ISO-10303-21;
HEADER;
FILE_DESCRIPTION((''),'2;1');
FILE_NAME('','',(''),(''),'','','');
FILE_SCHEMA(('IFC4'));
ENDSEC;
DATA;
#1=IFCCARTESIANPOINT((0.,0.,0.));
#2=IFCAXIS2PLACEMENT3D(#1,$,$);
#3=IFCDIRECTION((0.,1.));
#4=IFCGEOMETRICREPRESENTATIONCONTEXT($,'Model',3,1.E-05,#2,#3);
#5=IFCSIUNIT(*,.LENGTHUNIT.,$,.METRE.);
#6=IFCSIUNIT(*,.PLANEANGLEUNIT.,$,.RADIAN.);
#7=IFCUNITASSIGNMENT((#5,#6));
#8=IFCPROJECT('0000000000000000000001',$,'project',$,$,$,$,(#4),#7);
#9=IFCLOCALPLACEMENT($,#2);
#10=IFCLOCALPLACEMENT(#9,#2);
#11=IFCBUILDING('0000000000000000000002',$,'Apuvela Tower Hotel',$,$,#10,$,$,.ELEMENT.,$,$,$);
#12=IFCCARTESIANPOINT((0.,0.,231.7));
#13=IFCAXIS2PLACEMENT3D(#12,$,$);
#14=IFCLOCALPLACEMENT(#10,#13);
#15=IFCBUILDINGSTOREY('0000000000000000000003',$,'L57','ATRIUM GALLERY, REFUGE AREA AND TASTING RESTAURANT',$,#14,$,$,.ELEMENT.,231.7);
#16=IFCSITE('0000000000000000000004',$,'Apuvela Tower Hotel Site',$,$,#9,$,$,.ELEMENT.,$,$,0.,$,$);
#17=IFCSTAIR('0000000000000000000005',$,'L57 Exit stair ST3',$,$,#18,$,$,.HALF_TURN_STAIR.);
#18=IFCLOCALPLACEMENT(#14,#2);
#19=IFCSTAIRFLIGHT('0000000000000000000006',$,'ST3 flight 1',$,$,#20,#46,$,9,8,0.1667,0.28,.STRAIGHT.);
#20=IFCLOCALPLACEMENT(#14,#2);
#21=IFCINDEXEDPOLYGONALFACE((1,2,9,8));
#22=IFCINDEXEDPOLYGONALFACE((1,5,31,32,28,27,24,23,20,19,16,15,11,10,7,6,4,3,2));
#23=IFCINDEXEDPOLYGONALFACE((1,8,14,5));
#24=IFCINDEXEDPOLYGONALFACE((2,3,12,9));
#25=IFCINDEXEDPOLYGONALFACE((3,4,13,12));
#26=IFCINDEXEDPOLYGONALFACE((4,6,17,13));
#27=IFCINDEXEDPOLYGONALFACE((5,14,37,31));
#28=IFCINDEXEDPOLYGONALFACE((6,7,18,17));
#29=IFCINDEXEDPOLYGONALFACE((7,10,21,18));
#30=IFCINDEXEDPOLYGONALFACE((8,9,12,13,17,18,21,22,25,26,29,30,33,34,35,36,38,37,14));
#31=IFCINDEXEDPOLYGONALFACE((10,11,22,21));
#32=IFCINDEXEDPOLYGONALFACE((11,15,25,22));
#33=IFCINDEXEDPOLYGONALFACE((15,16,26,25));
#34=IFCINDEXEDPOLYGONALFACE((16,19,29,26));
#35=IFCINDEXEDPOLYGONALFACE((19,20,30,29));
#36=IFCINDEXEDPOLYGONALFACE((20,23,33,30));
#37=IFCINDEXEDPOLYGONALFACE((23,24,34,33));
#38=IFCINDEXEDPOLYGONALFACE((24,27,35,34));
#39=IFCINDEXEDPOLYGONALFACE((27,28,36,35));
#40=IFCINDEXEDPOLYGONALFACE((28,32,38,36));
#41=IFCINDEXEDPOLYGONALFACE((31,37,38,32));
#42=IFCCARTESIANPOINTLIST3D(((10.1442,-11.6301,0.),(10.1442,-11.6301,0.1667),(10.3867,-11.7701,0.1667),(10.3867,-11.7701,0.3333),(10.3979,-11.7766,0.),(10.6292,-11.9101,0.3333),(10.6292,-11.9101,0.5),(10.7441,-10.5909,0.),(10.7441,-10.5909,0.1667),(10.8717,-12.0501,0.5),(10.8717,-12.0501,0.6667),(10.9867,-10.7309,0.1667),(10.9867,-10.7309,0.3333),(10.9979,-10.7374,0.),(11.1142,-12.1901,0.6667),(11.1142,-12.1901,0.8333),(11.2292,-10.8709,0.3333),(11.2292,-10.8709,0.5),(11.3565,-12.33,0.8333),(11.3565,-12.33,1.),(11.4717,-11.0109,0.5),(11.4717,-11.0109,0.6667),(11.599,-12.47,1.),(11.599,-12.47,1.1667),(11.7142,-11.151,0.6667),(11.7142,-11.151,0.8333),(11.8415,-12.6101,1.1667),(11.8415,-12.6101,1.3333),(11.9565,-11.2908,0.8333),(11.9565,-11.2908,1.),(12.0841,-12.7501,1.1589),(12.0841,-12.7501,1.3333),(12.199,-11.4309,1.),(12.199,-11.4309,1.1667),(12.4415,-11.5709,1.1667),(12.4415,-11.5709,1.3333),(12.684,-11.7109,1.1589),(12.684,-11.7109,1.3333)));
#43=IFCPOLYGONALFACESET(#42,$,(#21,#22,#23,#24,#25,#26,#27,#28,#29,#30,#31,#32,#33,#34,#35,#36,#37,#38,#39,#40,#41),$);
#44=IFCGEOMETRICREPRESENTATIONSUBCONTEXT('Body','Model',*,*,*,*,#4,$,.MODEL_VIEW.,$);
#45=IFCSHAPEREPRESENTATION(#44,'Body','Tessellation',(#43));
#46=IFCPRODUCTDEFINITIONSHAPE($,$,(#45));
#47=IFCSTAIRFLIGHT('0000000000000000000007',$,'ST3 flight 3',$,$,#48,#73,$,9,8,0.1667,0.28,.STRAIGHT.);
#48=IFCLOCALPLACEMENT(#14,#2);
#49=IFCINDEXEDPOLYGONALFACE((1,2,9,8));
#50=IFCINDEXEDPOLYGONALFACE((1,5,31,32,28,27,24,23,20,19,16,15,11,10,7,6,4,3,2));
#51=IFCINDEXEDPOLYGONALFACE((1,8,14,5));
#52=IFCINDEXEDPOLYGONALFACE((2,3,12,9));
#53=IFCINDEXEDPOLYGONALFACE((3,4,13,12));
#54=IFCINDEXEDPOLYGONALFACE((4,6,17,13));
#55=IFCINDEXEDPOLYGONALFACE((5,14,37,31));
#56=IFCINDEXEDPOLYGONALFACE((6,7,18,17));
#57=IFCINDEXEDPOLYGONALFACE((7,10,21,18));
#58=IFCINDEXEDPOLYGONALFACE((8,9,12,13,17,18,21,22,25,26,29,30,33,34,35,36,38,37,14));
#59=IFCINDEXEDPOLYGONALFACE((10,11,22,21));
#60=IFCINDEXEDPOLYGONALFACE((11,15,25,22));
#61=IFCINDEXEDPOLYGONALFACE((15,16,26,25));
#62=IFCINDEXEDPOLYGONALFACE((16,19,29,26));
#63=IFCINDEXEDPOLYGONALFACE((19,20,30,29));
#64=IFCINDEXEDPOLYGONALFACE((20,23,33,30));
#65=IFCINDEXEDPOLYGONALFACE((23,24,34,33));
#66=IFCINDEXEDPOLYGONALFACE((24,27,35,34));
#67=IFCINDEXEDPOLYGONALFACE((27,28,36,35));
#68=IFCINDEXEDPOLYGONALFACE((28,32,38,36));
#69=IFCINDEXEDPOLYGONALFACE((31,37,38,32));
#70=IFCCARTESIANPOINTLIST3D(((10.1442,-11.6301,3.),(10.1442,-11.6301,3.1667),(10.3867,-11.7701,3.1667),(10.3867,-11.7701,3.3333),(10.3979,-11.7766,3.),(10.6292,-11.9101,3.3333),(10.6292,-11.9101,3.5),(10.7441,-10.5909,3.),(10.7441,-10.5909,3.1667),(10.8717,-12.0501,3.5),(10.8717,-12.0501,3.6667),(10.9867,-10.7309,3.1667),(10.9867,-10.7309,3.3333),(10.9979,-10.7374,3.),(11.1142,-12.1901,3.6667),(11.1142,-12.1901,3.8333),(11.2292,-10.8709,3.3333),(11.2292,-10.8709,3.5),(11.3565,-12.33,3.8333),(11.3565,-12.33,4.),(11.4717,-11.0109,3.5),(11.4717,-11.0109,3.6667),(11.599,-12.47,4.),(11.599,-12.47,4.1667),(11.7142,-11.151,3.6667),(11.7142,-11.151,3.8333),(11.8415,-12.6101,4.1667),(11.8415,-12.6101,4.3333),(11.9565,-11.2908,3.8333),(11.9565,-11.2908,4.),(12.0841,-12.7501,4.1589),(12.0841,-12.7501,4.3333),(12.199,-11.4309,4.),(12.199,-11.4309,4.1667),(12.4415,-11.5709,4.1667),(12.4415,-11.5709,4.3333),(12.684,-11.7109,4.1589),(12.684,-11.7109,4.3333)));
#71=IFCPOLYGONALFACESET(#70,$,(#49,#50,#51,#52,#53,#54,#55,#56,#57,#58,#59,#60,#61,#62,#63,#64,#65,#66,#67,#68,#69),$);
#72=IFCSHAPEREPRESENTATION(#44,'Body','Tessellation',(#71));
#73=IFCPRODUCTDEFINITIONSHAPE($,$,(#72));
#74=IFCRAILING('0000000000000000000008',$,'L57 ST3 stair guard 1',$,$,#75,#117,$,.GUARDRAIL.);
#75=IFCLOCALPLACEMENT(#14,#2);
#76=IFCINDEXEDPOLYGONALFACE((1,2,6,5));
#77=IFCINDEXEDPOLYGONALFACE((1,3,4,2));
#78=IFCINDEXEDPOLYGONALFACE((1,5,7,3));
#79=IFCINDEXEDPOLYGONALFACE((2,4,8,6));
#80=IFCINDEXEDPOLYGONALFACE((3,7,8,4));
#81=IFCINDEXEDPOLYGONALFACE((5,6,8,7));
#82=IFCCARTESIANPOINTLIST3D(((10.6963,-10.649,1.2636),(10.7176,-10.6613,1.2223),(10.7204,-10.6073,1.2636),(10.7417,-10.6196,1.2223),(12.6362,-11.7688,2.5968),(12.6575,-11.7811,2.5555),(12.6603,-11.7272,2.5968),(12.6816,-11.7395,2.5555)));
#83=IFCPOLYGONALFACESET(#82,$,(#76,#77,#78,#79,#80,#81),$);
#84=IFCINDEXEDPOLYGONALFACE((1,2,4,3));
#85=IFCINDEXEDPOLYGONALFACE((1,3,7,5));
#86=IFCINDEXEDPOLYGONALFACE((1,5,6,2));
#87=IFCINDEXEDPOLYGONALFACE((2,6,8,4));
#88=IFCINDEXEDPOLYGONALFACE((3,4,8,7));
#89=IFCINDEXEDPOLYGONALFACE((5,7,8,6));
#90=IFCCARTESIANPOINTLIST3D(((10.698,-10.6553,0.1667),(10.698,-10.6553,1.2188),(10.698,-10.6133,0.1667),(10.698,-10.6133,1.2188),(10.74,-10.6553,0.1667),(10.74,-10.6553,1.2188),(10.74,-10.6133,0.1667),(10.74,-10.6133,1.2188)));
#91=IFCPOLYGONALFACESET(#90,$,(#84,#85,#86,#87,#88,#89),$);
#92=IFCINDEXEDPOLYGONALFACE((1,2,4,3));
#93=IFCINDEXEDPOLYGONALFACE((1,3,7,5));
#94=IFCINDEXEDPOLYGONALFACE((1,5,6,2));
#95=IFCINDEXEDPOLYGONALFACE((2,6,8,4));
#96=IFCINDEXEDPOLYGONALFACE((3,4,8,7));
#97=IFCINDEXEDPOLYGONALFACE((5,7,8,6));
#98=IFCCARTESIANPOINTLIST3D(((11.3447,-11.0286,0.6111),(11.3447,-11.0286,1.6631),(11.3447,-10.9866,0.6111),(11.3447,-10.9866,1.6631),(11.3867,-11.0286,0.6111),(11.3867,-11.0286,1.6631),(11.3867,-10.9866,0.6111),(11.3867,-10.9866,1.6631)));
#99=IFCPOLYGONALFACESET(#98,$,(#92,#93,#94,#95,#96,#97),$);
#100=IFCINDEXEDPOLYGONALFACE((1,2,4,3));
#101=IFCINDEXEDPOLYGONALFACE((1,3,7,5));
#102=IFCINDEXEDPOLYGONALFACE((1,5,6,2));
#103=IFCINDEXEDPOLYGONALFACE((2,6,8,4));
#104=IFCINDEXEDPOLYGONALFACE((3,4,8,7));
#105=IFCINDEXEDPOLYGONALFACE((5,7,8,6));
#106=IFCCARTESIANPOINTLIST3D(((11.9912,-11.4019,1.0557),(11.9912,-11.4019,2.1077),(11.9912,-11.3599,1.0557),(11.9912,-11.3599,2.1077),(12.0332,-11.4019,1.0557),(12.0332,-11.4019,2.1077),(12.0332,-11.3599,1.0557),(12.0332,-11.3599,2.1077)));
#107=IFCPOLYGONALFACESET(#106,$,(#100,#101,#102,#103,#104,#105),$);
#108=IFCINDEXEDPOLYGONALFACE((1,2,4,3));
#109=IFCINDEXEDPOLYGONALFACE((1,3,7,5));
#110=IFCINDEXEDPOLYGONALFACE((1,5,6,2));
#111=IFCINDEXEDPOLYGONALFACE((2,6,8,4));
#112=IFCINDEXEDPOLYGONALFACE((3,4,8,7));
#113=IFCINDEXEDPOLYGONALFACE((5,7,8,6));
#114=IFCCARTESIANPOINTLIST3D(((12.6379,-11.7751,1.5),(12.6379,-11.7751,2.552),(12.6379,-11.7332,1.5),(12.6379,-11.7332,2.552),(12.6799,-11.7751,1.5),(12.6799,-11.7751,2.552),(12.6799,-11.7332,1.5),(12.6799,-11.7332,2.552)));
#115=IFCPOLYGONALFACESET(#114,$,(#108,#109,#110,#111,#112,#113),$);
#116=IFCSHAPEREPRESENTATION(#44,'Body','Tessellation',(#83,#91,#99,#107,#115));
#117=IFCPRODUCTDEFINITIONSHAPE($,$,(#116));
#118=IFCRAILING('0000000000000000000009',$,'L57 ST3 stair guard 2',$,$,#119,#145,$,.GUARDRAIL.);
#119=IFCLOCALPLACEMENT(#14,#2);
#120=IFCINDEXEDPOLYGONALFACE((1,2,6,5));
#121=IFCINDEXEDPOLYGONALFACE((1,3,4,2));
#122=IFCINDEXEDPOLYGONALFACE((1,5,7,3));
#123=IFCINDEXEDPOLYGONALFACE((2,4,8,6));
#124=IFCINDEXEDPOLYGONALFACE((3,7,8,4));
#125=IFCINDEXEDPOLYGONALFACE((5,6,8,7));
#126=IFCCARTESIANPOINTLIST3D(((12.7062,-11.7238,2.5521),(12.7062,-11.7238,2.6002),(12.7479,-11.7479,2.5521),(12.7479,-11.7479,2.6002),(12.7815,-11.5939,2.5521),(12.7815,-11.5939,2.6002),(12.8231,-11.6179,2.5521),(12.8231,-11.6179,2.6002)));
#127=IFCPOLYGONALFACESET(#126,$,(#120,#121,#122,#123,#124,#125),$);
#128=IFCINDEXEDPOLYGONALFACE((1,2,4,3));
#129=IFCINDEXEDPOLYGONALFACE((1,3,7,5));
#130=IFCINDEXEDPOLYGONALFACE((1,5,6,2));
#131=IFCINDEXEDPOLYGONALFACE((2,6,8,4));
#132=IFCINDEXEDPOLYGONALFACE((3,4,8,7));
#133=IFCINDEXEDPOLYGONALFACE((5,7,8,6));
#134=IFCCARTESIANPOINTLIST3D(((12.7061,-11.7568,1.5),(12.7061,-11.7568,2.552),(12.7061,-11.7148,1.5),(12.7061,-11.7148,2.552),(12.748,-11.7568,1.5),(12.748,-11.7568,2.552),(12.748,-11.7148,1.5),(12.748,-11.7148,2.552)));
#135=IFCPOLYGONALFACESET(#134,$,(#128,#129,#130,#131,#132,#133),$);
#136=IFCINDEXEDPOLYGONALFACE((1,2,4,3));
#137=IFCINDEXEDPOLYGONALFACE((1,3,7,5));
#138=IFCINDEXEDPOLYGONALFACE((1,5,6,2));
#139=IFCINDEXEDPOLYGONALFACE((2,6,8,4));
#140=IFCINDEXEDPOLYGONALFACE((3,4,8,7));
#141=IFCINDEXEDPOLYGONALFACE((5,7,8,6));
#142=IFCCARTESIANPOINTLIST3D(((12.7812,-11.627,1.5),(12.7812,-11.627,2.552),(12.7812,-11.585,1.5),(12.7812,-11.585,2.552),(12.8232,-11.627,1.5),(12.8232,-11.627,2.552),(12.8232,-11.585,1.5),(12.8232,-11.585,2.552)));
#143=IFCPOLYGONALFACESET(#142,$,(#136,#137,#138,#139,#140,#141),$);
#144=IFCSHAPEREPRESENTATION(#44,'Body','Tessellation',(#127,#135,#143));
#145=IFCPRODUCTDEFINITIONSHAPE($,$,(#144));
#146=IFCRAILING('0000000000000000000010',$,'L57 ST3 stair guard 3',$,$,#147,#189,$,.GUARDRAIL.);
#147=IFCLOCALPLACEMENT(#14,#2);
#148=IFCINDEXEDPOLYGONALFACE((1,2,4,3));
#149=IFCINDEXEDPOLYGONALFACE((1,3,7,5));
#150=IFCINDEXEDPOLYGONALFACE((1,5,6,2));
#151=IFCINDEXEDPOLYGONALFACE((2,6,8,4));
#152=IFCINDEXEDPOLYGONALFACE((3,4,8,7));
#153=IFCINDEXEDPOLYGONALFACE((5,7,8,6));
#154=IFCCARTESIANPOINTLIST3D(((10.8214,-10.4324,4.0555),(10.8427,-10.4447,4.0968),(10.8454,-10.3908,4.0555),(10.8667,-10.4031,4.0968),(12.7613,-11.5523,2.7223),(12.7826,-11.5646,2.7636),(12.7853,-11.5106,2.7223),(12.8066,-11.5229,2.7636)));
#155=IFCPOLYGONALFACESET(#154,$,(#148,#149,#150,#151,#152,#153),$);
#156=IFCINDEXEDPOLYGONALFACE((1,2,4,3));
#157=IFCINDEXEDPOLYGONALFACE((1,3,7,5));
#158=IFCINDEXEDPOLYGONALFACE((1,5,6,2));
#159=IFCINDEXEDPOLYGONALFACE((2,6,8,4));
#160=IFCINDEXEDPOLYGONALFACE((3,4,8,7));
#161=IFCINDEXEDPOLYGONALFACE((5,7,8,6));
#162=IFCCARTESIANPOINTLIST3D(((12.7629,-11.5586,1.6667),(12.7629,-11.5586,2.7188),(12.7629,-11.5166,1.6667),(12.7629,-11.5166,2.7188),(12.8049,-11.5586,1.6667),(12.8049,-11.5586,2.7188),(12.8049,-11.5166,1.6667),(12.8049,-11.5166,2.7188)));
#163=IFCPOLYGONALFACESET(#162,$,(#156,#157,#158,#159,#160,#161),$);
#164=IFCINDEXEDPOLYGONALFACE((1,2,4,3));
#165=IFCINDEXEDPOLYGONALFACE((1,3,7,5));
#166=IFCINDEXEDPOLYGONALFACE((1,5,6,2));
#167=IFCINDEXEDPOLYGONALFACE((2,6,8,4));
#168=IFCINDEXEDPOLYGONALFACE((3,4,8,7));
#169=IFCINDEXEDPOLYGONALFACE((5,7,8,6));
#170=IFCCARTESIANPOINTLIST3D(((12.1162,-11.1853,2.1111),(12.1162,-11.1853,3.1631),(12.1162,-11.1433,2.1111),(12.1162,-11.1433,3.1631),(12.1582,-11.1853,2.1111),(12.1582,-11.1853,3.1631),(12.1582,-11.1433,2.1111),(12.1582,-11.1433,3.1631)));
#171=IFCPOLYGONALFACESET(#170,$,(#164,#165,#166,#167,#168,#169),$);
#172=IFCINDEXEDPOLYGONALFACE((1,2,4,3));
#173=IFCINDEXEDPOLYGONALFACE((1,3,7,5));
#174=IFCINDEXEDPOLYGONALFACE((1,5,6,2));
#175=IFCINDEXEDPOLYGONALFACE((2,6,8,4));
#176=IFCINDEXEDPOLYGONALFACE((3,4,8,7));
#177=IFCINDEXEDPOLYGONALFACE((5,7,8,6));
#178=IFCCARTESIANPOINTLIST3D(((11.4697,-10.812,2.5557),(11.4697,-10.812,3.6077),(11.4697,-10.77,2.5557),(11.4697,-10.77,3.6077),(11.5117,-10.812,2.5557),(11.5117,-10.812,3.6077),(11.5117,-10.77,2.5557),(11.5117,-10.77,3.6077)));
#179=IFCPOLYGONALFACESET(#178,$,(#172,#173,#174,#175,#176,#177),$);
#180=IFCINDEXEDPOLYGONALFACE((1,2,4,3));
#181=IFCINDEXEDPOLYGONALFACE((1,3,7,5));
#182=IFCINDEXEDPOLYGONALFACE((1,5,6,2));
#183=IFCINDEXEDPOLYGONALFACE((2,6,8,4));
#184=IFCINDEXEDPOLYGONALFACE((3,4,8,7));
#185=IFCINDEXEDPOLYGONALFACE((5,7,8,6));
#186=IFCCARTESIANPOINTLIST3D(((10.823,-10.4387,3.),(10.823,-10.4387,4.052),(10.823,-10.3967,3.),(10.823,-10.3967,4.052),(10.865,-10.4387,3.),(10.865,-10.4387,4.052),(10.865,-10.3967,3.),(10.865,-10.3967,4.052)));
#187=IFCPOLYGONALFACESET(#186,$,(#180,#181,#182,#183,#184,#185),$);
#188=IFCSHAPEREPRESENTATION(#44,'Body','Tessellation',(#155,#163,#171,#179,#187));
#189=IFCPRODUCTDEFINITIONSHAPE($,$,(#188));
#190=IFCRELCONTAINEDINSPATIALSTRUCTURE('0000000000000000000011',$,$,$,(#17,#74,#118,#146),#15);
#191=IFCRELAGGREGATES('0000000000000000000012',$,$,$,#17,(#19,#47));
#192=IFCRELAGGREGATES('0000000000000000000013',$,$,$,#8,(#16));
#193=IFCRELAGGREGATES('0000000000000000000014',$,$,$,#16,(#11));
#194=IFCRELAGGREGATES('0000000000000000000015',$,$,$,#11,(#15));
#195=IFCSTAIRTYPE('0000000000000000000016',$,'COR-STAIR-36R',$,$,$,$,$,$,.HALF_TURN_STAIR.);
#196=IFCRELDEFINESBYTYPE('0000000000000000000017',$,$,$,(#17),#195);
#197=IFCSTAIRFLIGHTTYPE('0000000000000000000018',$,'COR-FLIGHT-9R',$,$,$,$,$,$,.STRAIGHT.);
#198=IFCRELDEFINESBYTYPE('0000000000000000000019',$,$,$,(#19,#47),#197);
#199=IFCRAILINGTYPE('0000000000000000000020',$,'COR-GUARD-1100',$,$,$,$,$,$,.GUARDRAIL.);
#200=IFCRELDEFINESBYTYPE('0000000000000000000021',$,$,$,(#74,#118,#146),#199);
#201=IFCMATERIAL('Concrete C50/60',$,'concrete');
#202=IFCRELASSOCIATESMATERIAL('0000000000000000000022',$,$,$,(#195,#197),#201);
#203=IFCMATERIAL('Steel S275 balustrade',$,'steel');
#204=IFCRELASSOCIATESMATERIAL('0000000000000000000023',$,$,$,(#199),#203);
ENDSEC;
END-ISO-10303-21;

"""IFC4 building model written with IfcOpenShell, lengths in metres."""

from ifc_helpers import new_model, si_unit, direction, frame, origin, origin_2d, place, context, subcontext, project, spatial, polyline, rectangle, outline, extrude, material, type_object, element, aggregate, save


model = new_model("IFC4")

# Units and contexts
model_context = context("Model", 3, precision=1e-05, world=origin(), true_north=direction((0.0, 1.0)))
body_context = subcontext(model_context, "Body", "Model", "MODEL_VIEW")
ifc_project = project(units=[si_unit("LENGTHUNIT", "METRE"), si_unit("PLANEANGLEUNIT", "RADIAN")], contexts=[model_context])

# Site, building, storey
site_placement = place(None, origin())
site = spatial("IfcSite", under=ifc_project, at=site_placement, Name="Apuvela Tower Hotel Site", CompositionType="ELEMENT", RefElevation=0.0)
building_placement = place(site_placement, origin())
building = spatial("IfcBuilding", under=site, at=building_placement, Name="Apuvela Tower Hotel", CompositionType="ELEMENT")
storey_placement = place(building_placement, frame((0.0, 0.0, 231.7)))
storey = spatial("IfcBuildingStorey", under=building, at=storey_placement, Name="L57", Description="ATRIUM GALLERY, REFUGE AREA AND TASTING RESTAURANT", CompositionType="ELEMENT", Elevation=231.7)

# Shared definitions
ifc_material_1 = material(Name="Concrete C50/60", Category="concrete")

# Stair, stair flights
stair_type = type_object("IfcStairType", Name="COR-STAIR-36R", PredefinedType="HALF_TURN_STAIR", material=ifc_material_1)
stair_placement = place(storey_placement, origin())
stair = element("IfcStair", 1, at=stair_placement, inside=storey, type_object=stair_type, Name="L57 Exit stair ST3", PredefinedType="HALF_TURN_STAIR")
stair_flight_type = type_object("IfcStairFlightType", Name="COR-FLIGHT-9R", PredefinedType="STRAIGHT", material=ifc_material_1)
stair_flight_1_placement = place(storey_placement, frame((10.4441, -11.1106, 0.0), z_axis=(0.0, 0.0, 1.0), x_axis=(0.866025, -0.5, 0.0)))
stair_flight_1 = element("IfcStairFlight", 2, at=stair_flight_1_placement, type_object=stair_flight_type, Name="ST3 flight 1", NumberOfRisers=9, NumberOfTreads=8, PredefinedType="STRAIGHT", RiserHeight=0.1667, TreadLength=0.28, context=body_context, shape_type="SweptSolid", body=[
    extrude(outline(polyline([(0.0, 0.0), (0.0, 0.1667), (0.28, 0.1667), (0.28, 0.3333), (0.5601, 0.3333), (0.5601, 0.5), (0.8401, 0.5), (0.8401, 0.6667), (1.1201, 0.6667), (1.1201, 0.8333), (1.3999, 0.8333), (1.3999, 1.0), (1.6799, 1.0), (1.6799, 1.1667), (1.96, 1.1667), (1.96, 1.3333), (2.24, 1.3333), (2.24, 1.5), (2.24, 1.1589), (0.293, 0.0), (0.0, 0.0)])), frame((0.0, 0.6001, 0.0), z_axis=(0.0, -1.0, 0.0), x_axis=(1.0, 0.0, 0.0)), (0.0, 0.0, 1.0), 1.2),
])
stair_flight_2_placement = place(storey_placement, frame((10.4441, -11.1106, 3.0), z_axis=(0.0, 0.0, 1.0), x_axis=(0.866025, -0.5, 0.0)))
stair_flight_2 = element("IfcStairFlight", 3, at=stair_flight_2_placement, type_object=stair_flight_type, Name="ST3 flight 3", NumberOfRisers=9, NumberOfTreads=8, PredefinedType="STRAIGHT", RiserHeight=0.1667, TreadLength=0.28, context=body_context, shape_type="SweptSolid", body=[
    extrude(outline(polyline([(0.0, 0.0), (0.0, 0.1667), (0.28, 0.1667), (0.28, 0.3333), (0.5601, 0.3333), (0.5601, 0.5), (0.8401, 0.5), (0.8401, 0.6667), (1.1201, 0.6667), (1.1201, 0.8333), (1.3999, 0.8333), (1.3999, 1.0), (1.6799, 1.0), (1.6799, 1.1667), (1.96, 1.1667), (1.96, 1.3333), (2.24, 1.3333), (2.24, 1.5), (2.24, 1.1589), (0.293, 0.0), (0.0, 0.0)])), frame((0.0, 0.6001, 0.0), z_axis=(0.0, -1.0, 0.0), x_axis=(1.0, 0.0, 0.0)), (0.0, 0.0, 1.0), 1.2),
])
aggregate(stair, [stair_flight_1, stair_flight_2])

# Railings
ifc_material_2 = material(Name="Steel S275 balustrade", Category="steel")
railing_type_1 = type_object("IfcRailingType", Name="COR-GUARD-1100", PredefinedType="GUARDRAIL", material=ifc_material_2)
railing_1_placement = place(storey_placement, frame((10.719, -10.6343, 0.1667)))
element("IfcRailing", 4, at=railing_1_placement, inside=storey, type_object=railing_type_1, Name="L57 ST3 stair guard 1", PredefinedType="GUARDRAIL", context=body_context, shape_type="SweptSolid", body=[
    extrude(rectangle(XDim=0.0481, YDim=0.0481, at=origin_2d()), frame((0.0, 0.0, 1.0762), z_axis=(0.744205, -0.429608, 0.511465), x_axis=(0.499949, 0.866055, 0.0)), (0.0, 0.0, 1.0), 2.6067),
    extrude(rectangle(XDim=0.042, YDim=0.042, at=origin_2d()), origin(), (0.0, 0.0, 1.0), 1.052),
    extrude(rectangle(XDim=0.042, YDim=0.042, at=origin_2d()), frame((0.6467, -0.3733, 0.4443)), (0.0, 0.0, 1.0), 1.052),
    extrude(rectangle(XDim=0.042, YDim=0.042, at=origin_2d()), frame((1.2932, -0.7466, 0.8889)), (0.0, 0.0, 1.0), 1.052),
    extrude(rectangle(XDim=0.042, YDim=0.042, at=origin_2d()), frame((1.9399, -1.1199, 1.3333)), (0.0, 0.0, 1.0), 1.052),
])
railing_2_placement = place(storey_placement, frame((12.7271, -11.7358, 1.5)))
element("IfcRailing", 5, at=railing_2_placement, inside=storey, type_object=railing_type_1, Name="L57 ST3 stair guard 2", PredefinedType="GUARDRAIL", context=body_context, shape_type="SweptSolid", body=[
    extrude(rectangle(XDim=0.0481, YDim=0.0481, at=origin_2d()), frame((0.0, 0.0, 1.0762), z_axis=(0.501036, 0.865426, 0.0), x_axis=(-0.865426, 0.501036, 0.0)), (0.0, 0.0, 1.0), 0.1501),
    extrude(rectangle(XDim=0.042, YDim=0.042, at=origin_2d()), origin(), (0.0, 0.0, 1.0), 1.052),
    extrude(rectangle(XDim=0.042, YDim=0.042, at=origin_2d()), frame((0.0752, 0.1299, 0.0)), (0.0, 0.0, 1.0), 1.052),
])
railing_3_placement = place(storey_placement, frame((12.7839, -11.5376, 1.6667)))
element("IfcRailing", 6, at=railing_3_placement, inside=storey, type_object=railing_type_1, Name="L57 ST3 stair guard 3", PredefinedType="GUARDRAIL", context=body_context, shape_type="SweptSolid", body=[
    extrude(rectangle(XDim=0.0481, YDim=0.0481, at=origin_2d()), frame((0.0, 0.0, 1.0762), z_axis=(-0.744205, 0.429608, 0.511465), x_axis=(-0.499949, -0.866055, 0.0)), (0.0, 0.0, 1.0), 2.6067),
    extrude(rectangle(XDim=0.042, YDim=0.042, at=origin_2d()), origin(), (0.0, 0.0, 1.0), 1.052),
    extrude(rectangle(XDim=0.042, YDim=0.042, at=origin_2d()), frame((-0.6467, 0.3733, 0.4443)), (0.0, 0.0, 1.0), 1.052),
    extrude(rectangle(XDim=0.042, YDim=0.042, at=origin_2d()), frame((-1.2932, 0.7466, 0.8889)), (0.0, 0.0, 1.0), 1.052),
    extrude(rectangle(XDim=0.042, YDim=0.042, at=origin_2d()), frame((-1.9399, 1.1199, 1.3333)), (0.0, 0.0, 1.0), 1.052),
])

save(model, "model.ifc")
